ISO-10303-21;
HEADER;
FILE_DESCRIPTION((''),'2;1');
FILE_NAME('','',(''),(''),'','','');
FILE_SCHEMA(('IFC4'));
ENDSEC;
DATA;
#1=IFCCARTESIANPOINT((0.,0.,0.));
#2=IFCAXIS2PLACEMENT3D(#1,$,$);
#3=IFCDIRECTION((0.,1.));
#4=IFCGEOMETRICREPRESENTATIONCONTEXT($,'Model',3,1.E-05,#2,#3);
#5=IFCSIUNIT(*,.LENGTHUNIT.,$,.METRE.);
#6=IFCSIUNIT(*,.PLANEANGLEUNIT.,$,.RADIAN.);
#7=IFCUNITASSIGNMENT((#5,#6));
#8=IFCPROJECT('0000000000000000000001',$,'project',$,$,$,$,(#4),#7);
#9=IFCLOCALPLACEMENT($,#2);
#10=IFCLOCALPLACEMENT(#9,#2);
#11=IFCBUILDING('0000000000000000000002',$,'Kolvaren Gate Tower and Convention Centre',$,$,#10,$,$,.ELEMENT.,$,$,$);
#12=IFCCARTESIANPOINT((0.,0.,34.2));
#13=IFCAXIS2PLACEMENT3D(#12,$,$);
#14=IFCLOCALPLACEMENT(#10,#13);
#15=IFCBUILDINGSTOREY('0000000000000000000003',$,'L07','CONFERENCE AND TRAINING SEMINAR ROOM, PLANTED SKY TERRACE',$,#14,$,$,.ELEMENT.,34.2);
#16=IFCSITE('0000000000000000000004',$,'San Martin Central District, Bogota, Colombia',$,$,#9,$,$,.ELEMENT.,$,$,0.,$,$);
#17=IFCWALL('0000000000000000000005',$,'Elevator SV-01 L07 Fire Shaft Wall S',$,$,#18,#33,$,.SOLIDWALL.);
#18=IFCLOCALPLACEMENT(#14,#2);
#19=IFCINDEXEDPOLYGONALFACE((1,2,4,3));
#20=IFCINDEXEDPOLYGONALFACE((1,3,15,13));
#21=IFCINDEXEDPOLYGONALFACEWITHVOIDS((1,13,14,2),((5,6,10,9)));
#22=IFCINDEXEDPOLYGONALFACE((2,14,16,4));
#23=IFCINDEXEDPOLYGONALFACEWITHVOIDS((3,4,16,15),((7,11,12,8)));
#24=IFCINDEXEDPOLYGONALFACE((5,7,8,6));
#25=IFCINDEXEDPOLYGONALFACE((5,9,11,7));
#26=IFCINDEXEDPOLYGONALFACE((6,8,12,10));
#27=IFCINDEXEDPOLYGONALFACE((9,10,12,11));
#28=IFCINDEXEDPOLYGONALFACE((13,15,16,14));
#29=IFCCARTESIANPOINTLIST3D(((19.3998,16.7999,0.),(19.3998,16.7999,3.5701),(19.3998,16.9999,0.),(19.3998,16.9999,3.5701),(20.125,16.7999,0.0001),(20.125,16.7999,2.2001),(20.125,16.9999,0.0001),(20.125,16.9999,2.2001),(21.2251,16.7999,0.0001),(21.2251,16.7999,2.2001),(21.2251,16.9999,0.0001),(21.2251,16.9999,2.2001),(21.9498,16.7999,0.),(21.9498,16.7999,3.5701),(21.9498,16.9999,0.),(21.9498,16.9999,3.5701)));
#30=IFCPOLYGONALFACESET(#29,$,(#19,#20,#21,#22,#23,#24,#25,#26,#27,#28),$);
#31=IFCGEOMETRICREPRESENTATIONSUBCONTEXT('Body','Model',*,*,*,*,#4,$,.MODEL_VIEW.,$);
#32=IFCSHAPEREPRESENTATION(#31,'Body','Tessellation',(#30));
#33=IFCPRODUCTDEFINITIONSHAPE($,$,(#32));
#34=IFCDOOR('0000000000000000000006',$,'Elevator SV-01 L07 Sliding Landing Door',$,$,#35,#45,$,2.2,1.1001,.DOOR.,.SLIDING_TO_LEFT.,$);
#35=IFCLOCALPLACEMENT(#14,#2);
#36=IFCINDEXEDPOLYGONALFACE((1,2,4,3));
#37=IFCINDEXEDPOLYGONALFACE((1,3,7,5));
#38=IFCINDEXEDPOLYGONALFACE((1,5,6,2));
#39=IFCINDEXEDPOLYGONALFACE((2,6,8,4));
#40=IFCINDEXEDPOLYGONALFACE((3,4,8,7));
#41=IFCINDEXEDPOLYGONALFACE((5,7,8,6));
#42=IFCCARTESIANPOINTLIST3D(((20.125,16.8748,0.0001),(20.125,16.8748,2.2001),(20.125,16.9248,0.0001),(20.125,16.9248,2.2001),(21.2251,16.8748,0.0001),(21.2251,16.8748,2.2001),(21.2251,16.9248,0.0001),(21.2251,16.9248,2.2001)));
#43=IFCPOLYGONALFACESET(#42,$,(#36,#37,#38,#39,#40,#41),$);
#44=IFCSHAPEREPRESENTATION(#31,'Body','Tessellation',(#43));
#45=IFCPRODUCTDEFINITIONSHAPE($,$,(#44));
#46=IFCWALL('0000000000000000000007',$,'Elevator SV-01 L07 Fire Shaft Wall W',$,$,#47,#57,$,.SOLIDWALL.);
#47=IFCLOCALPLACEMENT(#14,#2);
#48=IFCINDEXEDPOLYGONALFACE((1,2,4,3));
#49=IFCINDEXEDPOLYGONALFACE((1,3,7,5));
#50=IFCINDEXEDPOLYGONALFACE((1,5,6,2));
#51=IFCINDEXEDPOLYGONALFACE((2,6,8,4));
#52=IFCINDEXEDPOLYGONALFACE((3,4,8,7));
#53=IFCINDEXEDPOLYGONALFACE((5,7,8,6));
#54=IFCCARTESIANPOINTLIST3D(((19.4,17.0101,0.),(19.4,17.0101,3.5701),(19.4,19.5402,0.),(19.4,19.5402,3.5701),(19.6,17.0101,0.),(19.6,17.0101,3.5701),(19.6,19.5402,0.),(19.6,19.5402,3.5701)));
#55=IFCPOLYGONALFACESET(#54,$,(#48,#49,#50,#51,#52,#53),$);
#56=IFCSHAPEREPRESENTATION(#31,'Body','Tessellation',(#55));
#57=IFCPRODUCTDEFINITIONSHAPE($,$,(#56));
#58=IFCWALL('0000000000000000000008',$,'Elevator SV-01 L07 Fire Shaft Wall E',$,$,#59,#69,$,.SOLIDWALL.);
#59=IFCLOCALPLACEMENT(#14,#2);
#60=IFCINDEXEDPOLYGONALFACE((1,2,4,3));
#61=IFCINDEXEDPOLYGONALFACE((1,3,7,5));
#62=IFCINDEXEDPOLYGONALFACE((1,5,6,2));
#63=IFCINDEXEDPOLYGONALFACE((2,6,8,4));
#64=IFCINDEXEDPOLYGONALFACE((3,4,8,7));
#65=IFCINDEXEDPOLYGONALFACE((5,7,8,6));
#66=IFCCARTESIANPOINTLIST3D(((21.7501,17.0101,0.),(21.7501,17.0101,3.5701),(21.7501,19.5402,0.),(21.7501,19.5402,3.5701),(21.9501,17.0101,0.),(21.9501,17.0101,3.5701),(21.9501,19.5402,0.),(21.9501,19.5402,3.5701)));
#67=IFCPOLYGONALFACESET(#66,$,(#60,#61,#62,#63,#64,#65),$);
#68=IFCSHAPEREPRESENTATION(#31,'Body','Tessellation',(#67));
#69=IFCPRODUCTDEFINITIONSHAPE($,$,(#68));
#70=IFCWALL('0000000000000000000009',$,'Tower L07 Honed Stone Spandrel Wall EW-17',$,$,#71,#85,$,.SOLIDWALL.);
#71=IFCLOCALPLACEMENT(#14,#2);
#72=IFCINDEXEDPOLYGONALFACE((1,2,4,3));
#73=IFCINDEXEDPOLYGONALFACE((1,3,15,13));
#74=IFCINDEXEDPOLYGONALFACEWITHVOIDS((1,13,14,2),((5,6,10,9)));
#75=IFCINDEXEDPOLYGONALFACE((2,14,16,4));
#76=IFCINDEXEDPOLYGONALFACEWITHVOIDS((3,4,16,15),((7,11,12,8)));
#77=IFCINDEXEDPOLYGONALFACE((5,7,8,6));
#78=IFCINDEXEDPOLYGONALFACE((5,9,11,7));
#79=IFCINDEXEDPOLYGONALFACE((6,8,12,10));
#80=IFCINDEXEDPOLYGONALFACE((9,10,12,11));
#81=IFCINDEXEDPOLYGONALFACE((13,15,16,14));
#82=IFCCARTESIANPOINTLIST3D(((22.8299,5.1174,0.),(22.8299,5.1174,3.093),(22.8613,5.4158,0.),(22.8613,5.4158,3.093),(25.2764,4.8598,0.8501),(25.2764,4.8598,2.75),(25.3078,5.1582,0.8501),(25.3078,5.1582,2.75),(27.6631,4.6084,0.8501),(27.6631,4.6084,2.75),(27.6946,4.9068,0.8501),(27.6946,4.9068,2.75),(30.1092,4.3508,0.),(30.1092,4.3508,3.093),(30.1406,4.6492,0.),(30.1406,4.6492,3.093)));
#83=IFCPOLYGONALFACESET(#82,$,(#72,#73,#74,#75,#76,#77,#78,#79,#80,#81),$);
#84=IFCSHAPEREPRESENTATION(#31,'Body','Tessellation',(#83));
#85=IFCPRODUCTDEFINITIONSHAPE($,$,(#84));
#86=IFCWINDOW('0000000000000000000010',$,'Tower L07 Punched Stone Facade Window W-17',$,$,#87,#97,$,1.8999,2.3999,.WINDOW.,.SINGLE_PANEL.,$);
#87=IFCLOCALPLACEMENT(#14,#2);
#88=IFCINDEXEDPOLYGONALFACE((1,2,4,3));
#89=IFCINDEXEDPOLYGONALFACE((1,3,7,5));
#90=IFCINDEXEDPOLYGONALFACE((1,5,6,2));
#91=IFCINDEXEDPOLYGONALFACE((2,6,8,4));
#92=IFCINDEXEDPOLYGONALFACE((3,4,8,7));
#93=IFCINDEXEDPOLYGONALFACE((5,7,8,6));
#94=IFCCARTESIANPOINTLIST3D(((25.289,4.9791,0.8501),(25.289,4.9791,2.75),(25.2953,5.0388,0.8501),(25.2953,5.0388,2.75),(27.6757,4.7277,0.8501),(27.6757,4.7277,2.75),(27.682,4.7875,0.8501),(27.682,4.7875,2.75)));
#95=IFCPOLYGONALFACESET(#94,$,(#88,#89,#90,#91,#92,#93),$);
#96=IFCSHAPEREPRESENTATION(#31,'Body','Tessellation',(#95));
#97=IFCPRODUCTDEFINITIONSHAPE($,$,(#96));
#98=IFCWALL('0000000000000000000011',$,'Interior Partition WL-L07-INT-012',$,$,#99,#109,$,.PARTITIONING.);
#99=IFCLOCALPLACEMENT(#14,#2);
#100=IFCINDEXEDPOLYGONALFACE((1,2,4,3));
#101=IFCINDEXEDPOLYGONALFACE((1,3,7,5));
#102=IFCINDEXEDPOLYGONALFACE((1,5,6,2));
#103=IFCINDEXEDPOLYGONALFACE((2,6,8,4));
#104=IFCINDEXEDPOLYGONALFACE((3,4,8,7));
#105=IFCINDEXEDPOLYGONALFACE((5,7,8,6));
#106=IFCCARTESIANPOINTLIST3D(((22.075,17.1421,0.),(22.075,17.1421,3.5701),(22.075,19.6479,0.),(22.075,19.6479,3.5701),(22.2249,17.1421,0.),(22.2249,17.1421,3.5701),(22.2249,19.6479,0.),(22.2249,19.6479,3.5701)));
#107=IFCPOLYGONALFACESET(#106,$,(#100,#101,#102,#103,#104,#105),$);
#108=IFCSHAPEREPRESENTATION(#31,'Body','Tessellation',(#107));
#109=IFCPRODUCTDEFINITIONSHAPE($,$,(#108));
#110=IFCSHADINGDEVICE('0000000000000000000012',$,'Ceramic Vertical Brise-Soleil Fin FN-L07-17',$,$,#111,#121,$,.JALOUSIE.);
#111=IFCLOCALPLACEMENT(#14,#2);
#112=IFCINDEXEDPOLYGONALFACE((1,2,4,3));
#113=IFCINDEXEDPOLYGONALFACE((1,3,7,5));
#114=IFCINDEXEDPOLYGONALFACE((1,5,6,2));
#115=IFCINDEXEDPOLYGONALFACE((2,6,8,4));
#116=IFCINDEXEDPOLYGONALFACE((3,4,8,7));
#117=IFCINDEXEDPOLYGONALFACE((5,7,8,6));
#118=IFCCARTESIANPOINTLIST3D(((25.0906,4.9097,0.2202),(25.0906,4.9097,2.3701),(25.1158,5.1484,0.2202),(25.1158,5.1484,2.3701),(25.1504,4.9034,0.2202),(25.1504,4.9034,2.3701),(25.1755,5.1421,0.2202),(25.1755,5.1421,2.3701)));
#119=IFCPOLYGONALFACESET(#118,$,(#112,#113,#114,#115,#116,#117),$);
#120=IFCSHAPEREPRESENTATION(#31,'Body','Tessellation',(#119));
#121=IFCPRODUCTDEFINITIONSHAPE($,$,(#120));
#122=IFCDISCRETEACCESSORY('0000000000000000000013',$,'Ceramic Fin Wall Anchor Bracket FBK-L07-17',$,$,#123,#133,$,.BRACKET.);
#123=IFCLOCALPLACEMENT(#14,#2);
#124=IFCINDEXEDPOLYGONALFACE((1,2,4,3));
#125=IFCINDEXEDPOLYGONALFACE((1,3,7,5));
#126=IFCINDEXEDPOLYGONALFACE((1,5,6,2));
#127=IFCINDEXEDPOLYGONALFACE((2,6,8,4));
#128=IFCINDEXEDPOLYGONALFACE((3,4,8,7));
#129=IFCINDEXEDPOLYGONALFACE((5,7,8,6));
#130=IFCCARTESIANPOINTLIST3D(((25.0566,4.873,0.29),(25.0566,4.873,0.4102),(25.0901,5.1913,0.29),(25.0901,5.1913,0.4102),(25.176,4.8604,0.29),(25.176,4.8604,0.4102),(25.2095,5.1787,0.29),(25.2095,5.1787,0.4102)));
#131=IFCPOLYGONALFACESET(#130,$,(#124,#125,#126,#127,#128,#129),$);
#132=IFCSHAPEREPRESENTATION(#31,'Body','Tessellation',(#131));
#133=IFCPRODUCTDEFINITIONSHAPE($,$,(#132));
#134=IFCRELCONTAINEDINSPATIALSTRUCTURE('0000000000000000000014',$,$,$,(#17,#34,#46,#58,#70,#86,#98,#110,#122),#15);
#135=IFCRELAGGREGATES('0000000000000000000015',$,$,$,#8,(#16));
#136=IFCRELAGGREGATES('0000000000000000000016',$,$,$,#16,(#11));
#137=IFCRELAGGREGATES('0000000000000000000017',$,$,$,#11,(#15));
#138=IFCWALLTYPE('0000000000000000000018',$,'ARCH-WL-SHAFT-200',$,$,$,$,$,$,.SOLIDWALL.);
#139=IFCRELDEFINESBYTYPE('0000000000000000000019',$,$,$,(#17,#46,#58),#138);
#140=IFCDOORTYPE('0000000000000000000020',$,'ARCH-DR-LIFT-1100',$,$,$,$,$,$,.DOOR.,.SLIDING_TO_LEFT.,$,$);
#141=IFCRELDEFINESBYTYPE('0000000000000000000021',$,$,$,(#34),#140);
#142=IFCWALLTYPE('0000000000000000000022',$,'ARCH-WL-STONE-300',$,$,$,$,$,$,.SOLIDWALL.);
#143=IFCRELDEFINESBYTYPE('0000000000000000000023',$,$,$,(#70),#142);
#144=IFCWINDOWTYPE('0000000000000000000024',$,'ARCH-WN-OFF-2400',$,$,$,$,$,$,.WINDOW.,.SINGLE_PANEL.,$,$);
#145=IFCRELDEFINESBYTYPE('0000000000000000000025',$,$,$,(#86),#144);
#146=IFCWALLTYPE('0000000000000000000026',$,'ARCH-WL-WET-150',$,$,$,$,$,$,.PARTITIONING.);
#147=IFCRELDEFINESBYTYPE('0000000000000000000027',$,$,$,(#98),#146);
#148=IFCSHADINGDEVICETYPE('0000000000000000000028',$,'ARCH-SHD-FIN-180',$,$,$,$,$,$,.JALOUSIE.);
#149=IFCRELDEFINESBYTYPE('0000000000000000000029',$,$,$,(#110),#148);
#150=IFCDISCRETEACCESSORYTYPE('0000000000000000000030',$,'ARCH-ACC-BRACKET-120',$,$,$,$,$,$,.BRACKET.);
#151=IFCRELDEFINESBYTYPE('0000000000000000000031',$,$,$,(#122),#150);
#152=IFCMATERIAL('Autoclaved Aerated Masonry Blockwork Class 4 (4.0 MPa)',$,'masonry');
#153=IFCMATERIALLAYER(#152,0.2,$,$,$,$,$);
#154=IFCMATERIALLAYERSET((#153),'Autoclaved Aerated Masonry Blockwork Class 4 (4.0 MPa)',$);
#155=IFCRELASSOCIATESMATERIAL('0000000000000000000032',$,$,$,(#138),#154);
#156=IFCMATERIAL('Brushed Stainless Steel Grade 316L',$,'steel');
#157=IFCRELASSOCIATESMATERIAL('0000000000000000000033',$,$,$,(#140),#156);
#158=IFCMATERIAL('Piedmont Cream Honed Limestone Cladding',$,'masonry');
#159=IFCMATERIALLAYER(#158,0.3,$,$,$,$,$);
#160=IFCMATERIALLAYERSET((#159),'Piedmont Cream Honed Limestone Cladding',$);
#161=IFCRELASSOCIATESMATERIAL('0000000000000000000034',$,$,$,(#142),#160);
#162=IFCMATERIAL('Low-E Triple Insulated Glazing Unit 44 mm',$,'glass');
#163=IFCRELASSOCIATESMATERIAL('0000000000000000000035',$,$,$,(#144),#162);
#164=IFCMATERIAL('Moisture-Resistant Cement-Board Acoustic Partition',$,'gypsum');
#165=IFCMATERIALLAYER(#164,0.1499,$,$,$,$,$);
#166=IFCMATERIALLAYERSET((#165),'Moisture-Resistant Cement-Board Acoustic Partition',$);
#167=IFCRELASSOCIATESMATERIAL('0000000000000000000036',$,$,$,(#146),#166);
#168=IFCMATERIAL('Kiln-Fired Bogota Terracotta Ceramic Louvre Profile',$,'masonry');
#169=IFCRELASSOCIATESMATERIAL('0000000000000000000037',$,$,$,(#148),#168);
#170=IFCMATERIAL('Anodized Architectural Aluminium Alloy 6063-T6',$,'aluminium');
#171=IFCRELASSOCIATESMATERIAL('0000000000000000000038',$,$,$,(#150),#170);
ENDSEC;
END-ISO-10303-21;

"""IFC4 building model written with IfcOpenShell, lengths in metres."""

from ifc_helpers import new_model, si_unit, direction, frame, frame_2d, origin, origin_2d, place, context, subcontext, project, spatial, rectangle, extrude, material, layer, layer_set, type_object, element, fill, save


model = new_model("IFC4")

# Units and contexts
model_context = context("Model", 3, precision=1e-05, world=origin(), true_north=direction((0.0, 1.0)))
body_context = subcontext(model_context, "Body", "Model", "MODEL_VIEW")
ifc_project = project(units=[si_unit("LENGTHUNIT", "METRE"), si_unit("PLANEANGLEUNIT", "RADIAN")], contexts=[model_context])

# Site, building, storey
site_placement = place(None, origin())
site = spatial("IfcSite", under=ifc_project, at=site_placement, Name="San Martin Central District, Bogota, Colombia", CompositionType="ELEMENT", RefElevation=0.0)
building_placement = place(site_placement, origin())
building = spatial("IfcBuilding", under=site, at=building_placement, Name="Kolvaren Gate Tower and Convention Centre", CompositionType="ELEMENT")
storey_placement = place(building_placement, frame((0.0, 0.0, 34.2)))
storey = spatial("IfcBuildingStorey", under=building, at=storey_placement, Name="L07", Description="CONFERENCE AND TRAINING SEMINAR ROOM, PLANTED SKY TERRACE", CompositionType="ELEMENT", Elevation=34.2)

# Shared definitions
ifc_material_1 = material(Name="Autoclaved Aerated Masonry Blockwork Class 4 (4.0 MPa)", Category="masonry")

# Wall, opening, door
ifc_layer_1 = layer(ifc_material_1, 0.2)
ifc_layer_set_1 = layer_set([ifc_layer_1], Name="Autoclaved Aerated Masonry Blockwork Class 4 (4.0 MPa)")
wall_type_1 = type_object("IfcWallType", Name="ARCH-WL-SHAFT-200", PredefinedType="SOLIDWALL", material=ifc_layer_set_1)
wall_1_placement = place(storey_placement, frame((19.3999, 16.8999, 0.0), z_axis=(0.0, 0.0, 1.0), x_axis=(1.0, 0.0, 0.0)))
wall_1 = element("IfcWall", 1, at=wall_1_placement, inside=storey, type_object=wall_type_1, Name="Elevator SV-01 L07 Fire Shaft Wall S", PredefinedType="SOLIDWALL", context=body_context, shape_type="SweptSolid", body=[
    extrude(rectangle(XDim=2.55, YDim=0.2, at=frame_2d((1.2749, 0.0))), origin(), (0.0, 0.0, 1.0), 3.5701),
])
opening_1_placement = place(wall_1_placement, frame((0.7251, 0.0, 0.0)))
opening_1 = element("IfcOpeningElement", 2, at=opening_1_placement, cuts=wall_1, PredefinedType="OPENING", context=body_context, shape_type="SweptSolid", body=[
    extrude(rectangle(XDim=1.1001, YDim=2.2, at=frame_2d((0.55, 1.1001))), frame((0.0, 0.1099, 0.0), z_axis=(0.0, -1.0, 0.0), x_axis=(1.0, 0.0, 0.0)), (0.0, 0.0, 1.0), 0.22),
])
ifc_material_2 = material(Name="Brushed Stainless Steel Grade 316L", Category="steel")
door_type_1 = type_object("IfcDoorType", Name="ARCH-DR-LIFT-1100", OperationType="SLIDING_TO_LEFT", PredefinedType="DOOR", material=ifc_material_2)
door_1_placement = place(opening_1_placement, origin())
door_1 = element("IfcDoor", 3, at=door_1_placement, inside=storey, type_object=door_type_1, Name="Elevator SV-01 L07 Sliding Landing Door", OperationType="SLIDING_TO_LEFT", OverallHeight=2.2, OverallWidth=1.1001, PredefinedType="DOOR", context=body_context, shape_type="SweptSolid", body=[
    extrude(rectangle(XDim=1.1001, YDim=2.2, at=frame_2d((0.55, 1.1001))), frame((0.0, 0.0249, 0.0), z_axis=(0.0, -1.0, 0.0), x_axis=(1.0, 0.0, 0.0)), (0.0, 0.0, 1.0), 0.05),
])
fill(opening_1, door_1)

# Walls
for number, where, z_axis, x_axis, name in (
    (4, (19.5, 17.01, 0.0), (0.0, 0.0, 1.0), (0.0, 1.0, 0.0), "Elevator SV-01 L07 Fire Shaft Wall W"),
    (5, (21.8501, 17.01, 0.0), (0.0, 0.0, 1.0), (0.0, 1.0, 0.0), "Elevator SV-01 L07 Fire Shaft Wall E"),
):
    element("IfcWall", number, at=place(storey_placement, frame(where, z_axis=z_axis, x_axis=x_axis)), inside=storey, type_object=wall_type_1, Name=name, PredefinedType="SOLIDWALL", context=body_context, shape_type="SweptSolid", body=[
        extrude(rectangle(XDim=2.53, YDim=0.2, at=frame_2d((1.2651, 0.0))), origin(), (0.0, 0.0, 1.0), 3.5701),
    ])

# Wall, opening, window
ifc_material_3 = material(Name="Piedmont Cream Honed Limestone Cladding", Category="masonry")
ifc_layer_2 = layer(ifc_material_3, 0.3)
ifc_layer_set_2 = layer_set([ifc_layer_2], Name="Piedmont Cream Honed Limestone Cladding")
wall_type_2 = type_object("IfcWallType", Name="ARCH-WL-STONE-300", PredefinedType="SOLIDWALL", material=ifc_layer_set_2)
wall_2_placement = place(storey_placement, frame((22.8457, 5.2666, 0.0), z_axis=(0.0, 0.0, 1.0), x_axis=(0.9945, -0.104733, 0.0)))
wall_2 = element("IfcWall", 6, at=wall_2_placement, inside=storey, type_object=wall_type_2, Name="Tower L07 Honed Stone Spandrel Wall EW-17", PredefinedType="SOLIDWALL", context=body_context, shape_type="SweptSolid", body=[
    extrude(rectangle(XDim=7.3196, YDim=0.3, at=frame_2d((3.6597, 0.0))), origin(), (0.0, 0.0, 1.0), 3.093),
])
opening_2_placement = place(wall_2_placement, frame((2.46, 0.0, 0.8501)))
opening_2 = element("IfcOpeningElement", 7, at=opening_2_placement, cuts=wall_2, PredefinedType="OPENING", context=body_context, shape_type="SweptSolid", body=[
    extrude(rectangle(XDim=2.3999, YDim=1.8999, at=frame_2d((1.2, 0.95))), frame((0.0, 0.1599, 0.0), z_axis=(0.0, -1.0, 0.0), x_axis=(1.0, 0.0, 0.0)), (0.0, 0.0, 1.0), 0.3201),
])
ifc_material_4 = material(Name="Low-E Triple Insulated Glazing Unit 44 mm", Category="glass")
window_type = type_object("IfcWindowType", Name="ARCH-WN-OFF-2400", PartitioningType="SINGLE_PANEL", PredefinedType="WINDOW", material=ifc_material_4)
window_placement = place(opening_2_placement, origin())
window = element("IfcWindow", 8, at=window_placement, inside=storey, type_object=window_type, Name="Tower L07 Punched Stone Facade Window W-17", OverallHeight=1.8999, OverallWidth=2.3999, PartitioningType="SINGLE_PANEL", PredefinedType="WINDOW", context=body_context, shape_type="SweptSolid", body=[
    extrude(rectangle(XDim=2.3999, YDim=1.8999, at=frame_2d((1.2, 0.95))), frame((0.0, 0.03, 0.0), z_axis=(0.0, -1.0, 0.0), x_axis=(1.0, 0.0, 0.0)), (0.0, 0.0, 1.0), 0.0601),
])
fill(opening_2, window)

# Wall
ifc_material_5 = material(Name="Moisture-Resistant Cement-Board Acoustic Partition", Category="gypsum")
ifc_layer_3 = layer(ifc_material_5, 0.1499)
ifc_layer_set_3 = layer_set([ifc_layer_3], Name="Moisture-Resistant Cement-Board Acoustic Partition")
wall_type_3 = type_object("IfcWallType", Name="ARCH-WL-WET-150", PredefinedType="PARTITIONING", material=ifc_layer_set_3)
wall_3_placement = place(storey_placement, frame((22.1499, 17.1421, 0.0), z_axis=(0.0, 0.0, 1.0), x_axis=(0.0, 1.0, 0.0)))
element("IfcWall", 9, at=wall_3_placement, inside=storey, type_object=wall_type_3, Name="Interior Partition WL-L07-INT-012", PredefinedType="PARTITIONING", context=body_context, shape_type="SweptSolid", body=[
    extrude(rectangle(XDim=2.5059, YDim=0.1499, at=frame_2d((1.2529, 0.0))), origin(), (0.0, 0.0, 1.0), 3.5701),
])

# Shading device
ifc_material_6 = material(Name="Kiln-Fired Bogota Terracotta Ceramic Louvre Profile", Category="masonry")
shading_device_type = type_object("IfcShadingDeviceType", Name="ARCH-SHD-FIN-180", PredefinedType="JALOUSIE", material=ifc_material_6)
shading_device_placement = place(storey_placement, frame((25.1331, 5.0259, 0.2202), z_axis=(0.0, 0.0, 1.0), x_axis=(0.994499, -0.104747, 0.0)))
element("IfcShadingDevice", 10, at=shading_device_placement, inside=storey, type_object=shading_device_type, Name="Ceramic Vertical Brise-Soleil Fin FN-L07-17", PredefinedType="JALOUSIE", context=body_context, shape_type="SweptSolid", body=[
    extrude(rectangle(XDim=0.0601, YDim=0.24, at=origin_2d()), origin(), (0.0, 0.0, 1.0), 2.1499),
])

# Discrete accessory
ifc_material_7 = material(Name="Anodized Architectural Aluminium Alloy 6063-T6", Category="aluminium")
discrete_accessory_type = type_object("IfcDiscreteAccessoryType", Name="ARCH-ACC-BRACKET-120", PredefinedType="BRACKET", material=ifc_material_7)
discrete_accessory_placement = place(storey_placement, frame((25.1331, 5.0259, 0.29), z_axis=(0.0, 0.0, 1.0), x_axis=(0.994499, -0.104747, 0.0)))
element("IfcDiscreteAccessory", 11, at=discrete_accessory_placement, inside=storey, type_object=discrete_accessory_type, Name="Ceramic Fin Wall Anchor Bracket FBK-L07-17", PredefinedType="BRACKET", context=body_context, shape_type="SweptSolid", body=[
    extrude(rectangle(XDim=0.1201, YDim=0.3201, at=origin_2d()), origin(), (0.0, 0.0, 1.0), 0.1201),
])

save(model, "model.ifc")
